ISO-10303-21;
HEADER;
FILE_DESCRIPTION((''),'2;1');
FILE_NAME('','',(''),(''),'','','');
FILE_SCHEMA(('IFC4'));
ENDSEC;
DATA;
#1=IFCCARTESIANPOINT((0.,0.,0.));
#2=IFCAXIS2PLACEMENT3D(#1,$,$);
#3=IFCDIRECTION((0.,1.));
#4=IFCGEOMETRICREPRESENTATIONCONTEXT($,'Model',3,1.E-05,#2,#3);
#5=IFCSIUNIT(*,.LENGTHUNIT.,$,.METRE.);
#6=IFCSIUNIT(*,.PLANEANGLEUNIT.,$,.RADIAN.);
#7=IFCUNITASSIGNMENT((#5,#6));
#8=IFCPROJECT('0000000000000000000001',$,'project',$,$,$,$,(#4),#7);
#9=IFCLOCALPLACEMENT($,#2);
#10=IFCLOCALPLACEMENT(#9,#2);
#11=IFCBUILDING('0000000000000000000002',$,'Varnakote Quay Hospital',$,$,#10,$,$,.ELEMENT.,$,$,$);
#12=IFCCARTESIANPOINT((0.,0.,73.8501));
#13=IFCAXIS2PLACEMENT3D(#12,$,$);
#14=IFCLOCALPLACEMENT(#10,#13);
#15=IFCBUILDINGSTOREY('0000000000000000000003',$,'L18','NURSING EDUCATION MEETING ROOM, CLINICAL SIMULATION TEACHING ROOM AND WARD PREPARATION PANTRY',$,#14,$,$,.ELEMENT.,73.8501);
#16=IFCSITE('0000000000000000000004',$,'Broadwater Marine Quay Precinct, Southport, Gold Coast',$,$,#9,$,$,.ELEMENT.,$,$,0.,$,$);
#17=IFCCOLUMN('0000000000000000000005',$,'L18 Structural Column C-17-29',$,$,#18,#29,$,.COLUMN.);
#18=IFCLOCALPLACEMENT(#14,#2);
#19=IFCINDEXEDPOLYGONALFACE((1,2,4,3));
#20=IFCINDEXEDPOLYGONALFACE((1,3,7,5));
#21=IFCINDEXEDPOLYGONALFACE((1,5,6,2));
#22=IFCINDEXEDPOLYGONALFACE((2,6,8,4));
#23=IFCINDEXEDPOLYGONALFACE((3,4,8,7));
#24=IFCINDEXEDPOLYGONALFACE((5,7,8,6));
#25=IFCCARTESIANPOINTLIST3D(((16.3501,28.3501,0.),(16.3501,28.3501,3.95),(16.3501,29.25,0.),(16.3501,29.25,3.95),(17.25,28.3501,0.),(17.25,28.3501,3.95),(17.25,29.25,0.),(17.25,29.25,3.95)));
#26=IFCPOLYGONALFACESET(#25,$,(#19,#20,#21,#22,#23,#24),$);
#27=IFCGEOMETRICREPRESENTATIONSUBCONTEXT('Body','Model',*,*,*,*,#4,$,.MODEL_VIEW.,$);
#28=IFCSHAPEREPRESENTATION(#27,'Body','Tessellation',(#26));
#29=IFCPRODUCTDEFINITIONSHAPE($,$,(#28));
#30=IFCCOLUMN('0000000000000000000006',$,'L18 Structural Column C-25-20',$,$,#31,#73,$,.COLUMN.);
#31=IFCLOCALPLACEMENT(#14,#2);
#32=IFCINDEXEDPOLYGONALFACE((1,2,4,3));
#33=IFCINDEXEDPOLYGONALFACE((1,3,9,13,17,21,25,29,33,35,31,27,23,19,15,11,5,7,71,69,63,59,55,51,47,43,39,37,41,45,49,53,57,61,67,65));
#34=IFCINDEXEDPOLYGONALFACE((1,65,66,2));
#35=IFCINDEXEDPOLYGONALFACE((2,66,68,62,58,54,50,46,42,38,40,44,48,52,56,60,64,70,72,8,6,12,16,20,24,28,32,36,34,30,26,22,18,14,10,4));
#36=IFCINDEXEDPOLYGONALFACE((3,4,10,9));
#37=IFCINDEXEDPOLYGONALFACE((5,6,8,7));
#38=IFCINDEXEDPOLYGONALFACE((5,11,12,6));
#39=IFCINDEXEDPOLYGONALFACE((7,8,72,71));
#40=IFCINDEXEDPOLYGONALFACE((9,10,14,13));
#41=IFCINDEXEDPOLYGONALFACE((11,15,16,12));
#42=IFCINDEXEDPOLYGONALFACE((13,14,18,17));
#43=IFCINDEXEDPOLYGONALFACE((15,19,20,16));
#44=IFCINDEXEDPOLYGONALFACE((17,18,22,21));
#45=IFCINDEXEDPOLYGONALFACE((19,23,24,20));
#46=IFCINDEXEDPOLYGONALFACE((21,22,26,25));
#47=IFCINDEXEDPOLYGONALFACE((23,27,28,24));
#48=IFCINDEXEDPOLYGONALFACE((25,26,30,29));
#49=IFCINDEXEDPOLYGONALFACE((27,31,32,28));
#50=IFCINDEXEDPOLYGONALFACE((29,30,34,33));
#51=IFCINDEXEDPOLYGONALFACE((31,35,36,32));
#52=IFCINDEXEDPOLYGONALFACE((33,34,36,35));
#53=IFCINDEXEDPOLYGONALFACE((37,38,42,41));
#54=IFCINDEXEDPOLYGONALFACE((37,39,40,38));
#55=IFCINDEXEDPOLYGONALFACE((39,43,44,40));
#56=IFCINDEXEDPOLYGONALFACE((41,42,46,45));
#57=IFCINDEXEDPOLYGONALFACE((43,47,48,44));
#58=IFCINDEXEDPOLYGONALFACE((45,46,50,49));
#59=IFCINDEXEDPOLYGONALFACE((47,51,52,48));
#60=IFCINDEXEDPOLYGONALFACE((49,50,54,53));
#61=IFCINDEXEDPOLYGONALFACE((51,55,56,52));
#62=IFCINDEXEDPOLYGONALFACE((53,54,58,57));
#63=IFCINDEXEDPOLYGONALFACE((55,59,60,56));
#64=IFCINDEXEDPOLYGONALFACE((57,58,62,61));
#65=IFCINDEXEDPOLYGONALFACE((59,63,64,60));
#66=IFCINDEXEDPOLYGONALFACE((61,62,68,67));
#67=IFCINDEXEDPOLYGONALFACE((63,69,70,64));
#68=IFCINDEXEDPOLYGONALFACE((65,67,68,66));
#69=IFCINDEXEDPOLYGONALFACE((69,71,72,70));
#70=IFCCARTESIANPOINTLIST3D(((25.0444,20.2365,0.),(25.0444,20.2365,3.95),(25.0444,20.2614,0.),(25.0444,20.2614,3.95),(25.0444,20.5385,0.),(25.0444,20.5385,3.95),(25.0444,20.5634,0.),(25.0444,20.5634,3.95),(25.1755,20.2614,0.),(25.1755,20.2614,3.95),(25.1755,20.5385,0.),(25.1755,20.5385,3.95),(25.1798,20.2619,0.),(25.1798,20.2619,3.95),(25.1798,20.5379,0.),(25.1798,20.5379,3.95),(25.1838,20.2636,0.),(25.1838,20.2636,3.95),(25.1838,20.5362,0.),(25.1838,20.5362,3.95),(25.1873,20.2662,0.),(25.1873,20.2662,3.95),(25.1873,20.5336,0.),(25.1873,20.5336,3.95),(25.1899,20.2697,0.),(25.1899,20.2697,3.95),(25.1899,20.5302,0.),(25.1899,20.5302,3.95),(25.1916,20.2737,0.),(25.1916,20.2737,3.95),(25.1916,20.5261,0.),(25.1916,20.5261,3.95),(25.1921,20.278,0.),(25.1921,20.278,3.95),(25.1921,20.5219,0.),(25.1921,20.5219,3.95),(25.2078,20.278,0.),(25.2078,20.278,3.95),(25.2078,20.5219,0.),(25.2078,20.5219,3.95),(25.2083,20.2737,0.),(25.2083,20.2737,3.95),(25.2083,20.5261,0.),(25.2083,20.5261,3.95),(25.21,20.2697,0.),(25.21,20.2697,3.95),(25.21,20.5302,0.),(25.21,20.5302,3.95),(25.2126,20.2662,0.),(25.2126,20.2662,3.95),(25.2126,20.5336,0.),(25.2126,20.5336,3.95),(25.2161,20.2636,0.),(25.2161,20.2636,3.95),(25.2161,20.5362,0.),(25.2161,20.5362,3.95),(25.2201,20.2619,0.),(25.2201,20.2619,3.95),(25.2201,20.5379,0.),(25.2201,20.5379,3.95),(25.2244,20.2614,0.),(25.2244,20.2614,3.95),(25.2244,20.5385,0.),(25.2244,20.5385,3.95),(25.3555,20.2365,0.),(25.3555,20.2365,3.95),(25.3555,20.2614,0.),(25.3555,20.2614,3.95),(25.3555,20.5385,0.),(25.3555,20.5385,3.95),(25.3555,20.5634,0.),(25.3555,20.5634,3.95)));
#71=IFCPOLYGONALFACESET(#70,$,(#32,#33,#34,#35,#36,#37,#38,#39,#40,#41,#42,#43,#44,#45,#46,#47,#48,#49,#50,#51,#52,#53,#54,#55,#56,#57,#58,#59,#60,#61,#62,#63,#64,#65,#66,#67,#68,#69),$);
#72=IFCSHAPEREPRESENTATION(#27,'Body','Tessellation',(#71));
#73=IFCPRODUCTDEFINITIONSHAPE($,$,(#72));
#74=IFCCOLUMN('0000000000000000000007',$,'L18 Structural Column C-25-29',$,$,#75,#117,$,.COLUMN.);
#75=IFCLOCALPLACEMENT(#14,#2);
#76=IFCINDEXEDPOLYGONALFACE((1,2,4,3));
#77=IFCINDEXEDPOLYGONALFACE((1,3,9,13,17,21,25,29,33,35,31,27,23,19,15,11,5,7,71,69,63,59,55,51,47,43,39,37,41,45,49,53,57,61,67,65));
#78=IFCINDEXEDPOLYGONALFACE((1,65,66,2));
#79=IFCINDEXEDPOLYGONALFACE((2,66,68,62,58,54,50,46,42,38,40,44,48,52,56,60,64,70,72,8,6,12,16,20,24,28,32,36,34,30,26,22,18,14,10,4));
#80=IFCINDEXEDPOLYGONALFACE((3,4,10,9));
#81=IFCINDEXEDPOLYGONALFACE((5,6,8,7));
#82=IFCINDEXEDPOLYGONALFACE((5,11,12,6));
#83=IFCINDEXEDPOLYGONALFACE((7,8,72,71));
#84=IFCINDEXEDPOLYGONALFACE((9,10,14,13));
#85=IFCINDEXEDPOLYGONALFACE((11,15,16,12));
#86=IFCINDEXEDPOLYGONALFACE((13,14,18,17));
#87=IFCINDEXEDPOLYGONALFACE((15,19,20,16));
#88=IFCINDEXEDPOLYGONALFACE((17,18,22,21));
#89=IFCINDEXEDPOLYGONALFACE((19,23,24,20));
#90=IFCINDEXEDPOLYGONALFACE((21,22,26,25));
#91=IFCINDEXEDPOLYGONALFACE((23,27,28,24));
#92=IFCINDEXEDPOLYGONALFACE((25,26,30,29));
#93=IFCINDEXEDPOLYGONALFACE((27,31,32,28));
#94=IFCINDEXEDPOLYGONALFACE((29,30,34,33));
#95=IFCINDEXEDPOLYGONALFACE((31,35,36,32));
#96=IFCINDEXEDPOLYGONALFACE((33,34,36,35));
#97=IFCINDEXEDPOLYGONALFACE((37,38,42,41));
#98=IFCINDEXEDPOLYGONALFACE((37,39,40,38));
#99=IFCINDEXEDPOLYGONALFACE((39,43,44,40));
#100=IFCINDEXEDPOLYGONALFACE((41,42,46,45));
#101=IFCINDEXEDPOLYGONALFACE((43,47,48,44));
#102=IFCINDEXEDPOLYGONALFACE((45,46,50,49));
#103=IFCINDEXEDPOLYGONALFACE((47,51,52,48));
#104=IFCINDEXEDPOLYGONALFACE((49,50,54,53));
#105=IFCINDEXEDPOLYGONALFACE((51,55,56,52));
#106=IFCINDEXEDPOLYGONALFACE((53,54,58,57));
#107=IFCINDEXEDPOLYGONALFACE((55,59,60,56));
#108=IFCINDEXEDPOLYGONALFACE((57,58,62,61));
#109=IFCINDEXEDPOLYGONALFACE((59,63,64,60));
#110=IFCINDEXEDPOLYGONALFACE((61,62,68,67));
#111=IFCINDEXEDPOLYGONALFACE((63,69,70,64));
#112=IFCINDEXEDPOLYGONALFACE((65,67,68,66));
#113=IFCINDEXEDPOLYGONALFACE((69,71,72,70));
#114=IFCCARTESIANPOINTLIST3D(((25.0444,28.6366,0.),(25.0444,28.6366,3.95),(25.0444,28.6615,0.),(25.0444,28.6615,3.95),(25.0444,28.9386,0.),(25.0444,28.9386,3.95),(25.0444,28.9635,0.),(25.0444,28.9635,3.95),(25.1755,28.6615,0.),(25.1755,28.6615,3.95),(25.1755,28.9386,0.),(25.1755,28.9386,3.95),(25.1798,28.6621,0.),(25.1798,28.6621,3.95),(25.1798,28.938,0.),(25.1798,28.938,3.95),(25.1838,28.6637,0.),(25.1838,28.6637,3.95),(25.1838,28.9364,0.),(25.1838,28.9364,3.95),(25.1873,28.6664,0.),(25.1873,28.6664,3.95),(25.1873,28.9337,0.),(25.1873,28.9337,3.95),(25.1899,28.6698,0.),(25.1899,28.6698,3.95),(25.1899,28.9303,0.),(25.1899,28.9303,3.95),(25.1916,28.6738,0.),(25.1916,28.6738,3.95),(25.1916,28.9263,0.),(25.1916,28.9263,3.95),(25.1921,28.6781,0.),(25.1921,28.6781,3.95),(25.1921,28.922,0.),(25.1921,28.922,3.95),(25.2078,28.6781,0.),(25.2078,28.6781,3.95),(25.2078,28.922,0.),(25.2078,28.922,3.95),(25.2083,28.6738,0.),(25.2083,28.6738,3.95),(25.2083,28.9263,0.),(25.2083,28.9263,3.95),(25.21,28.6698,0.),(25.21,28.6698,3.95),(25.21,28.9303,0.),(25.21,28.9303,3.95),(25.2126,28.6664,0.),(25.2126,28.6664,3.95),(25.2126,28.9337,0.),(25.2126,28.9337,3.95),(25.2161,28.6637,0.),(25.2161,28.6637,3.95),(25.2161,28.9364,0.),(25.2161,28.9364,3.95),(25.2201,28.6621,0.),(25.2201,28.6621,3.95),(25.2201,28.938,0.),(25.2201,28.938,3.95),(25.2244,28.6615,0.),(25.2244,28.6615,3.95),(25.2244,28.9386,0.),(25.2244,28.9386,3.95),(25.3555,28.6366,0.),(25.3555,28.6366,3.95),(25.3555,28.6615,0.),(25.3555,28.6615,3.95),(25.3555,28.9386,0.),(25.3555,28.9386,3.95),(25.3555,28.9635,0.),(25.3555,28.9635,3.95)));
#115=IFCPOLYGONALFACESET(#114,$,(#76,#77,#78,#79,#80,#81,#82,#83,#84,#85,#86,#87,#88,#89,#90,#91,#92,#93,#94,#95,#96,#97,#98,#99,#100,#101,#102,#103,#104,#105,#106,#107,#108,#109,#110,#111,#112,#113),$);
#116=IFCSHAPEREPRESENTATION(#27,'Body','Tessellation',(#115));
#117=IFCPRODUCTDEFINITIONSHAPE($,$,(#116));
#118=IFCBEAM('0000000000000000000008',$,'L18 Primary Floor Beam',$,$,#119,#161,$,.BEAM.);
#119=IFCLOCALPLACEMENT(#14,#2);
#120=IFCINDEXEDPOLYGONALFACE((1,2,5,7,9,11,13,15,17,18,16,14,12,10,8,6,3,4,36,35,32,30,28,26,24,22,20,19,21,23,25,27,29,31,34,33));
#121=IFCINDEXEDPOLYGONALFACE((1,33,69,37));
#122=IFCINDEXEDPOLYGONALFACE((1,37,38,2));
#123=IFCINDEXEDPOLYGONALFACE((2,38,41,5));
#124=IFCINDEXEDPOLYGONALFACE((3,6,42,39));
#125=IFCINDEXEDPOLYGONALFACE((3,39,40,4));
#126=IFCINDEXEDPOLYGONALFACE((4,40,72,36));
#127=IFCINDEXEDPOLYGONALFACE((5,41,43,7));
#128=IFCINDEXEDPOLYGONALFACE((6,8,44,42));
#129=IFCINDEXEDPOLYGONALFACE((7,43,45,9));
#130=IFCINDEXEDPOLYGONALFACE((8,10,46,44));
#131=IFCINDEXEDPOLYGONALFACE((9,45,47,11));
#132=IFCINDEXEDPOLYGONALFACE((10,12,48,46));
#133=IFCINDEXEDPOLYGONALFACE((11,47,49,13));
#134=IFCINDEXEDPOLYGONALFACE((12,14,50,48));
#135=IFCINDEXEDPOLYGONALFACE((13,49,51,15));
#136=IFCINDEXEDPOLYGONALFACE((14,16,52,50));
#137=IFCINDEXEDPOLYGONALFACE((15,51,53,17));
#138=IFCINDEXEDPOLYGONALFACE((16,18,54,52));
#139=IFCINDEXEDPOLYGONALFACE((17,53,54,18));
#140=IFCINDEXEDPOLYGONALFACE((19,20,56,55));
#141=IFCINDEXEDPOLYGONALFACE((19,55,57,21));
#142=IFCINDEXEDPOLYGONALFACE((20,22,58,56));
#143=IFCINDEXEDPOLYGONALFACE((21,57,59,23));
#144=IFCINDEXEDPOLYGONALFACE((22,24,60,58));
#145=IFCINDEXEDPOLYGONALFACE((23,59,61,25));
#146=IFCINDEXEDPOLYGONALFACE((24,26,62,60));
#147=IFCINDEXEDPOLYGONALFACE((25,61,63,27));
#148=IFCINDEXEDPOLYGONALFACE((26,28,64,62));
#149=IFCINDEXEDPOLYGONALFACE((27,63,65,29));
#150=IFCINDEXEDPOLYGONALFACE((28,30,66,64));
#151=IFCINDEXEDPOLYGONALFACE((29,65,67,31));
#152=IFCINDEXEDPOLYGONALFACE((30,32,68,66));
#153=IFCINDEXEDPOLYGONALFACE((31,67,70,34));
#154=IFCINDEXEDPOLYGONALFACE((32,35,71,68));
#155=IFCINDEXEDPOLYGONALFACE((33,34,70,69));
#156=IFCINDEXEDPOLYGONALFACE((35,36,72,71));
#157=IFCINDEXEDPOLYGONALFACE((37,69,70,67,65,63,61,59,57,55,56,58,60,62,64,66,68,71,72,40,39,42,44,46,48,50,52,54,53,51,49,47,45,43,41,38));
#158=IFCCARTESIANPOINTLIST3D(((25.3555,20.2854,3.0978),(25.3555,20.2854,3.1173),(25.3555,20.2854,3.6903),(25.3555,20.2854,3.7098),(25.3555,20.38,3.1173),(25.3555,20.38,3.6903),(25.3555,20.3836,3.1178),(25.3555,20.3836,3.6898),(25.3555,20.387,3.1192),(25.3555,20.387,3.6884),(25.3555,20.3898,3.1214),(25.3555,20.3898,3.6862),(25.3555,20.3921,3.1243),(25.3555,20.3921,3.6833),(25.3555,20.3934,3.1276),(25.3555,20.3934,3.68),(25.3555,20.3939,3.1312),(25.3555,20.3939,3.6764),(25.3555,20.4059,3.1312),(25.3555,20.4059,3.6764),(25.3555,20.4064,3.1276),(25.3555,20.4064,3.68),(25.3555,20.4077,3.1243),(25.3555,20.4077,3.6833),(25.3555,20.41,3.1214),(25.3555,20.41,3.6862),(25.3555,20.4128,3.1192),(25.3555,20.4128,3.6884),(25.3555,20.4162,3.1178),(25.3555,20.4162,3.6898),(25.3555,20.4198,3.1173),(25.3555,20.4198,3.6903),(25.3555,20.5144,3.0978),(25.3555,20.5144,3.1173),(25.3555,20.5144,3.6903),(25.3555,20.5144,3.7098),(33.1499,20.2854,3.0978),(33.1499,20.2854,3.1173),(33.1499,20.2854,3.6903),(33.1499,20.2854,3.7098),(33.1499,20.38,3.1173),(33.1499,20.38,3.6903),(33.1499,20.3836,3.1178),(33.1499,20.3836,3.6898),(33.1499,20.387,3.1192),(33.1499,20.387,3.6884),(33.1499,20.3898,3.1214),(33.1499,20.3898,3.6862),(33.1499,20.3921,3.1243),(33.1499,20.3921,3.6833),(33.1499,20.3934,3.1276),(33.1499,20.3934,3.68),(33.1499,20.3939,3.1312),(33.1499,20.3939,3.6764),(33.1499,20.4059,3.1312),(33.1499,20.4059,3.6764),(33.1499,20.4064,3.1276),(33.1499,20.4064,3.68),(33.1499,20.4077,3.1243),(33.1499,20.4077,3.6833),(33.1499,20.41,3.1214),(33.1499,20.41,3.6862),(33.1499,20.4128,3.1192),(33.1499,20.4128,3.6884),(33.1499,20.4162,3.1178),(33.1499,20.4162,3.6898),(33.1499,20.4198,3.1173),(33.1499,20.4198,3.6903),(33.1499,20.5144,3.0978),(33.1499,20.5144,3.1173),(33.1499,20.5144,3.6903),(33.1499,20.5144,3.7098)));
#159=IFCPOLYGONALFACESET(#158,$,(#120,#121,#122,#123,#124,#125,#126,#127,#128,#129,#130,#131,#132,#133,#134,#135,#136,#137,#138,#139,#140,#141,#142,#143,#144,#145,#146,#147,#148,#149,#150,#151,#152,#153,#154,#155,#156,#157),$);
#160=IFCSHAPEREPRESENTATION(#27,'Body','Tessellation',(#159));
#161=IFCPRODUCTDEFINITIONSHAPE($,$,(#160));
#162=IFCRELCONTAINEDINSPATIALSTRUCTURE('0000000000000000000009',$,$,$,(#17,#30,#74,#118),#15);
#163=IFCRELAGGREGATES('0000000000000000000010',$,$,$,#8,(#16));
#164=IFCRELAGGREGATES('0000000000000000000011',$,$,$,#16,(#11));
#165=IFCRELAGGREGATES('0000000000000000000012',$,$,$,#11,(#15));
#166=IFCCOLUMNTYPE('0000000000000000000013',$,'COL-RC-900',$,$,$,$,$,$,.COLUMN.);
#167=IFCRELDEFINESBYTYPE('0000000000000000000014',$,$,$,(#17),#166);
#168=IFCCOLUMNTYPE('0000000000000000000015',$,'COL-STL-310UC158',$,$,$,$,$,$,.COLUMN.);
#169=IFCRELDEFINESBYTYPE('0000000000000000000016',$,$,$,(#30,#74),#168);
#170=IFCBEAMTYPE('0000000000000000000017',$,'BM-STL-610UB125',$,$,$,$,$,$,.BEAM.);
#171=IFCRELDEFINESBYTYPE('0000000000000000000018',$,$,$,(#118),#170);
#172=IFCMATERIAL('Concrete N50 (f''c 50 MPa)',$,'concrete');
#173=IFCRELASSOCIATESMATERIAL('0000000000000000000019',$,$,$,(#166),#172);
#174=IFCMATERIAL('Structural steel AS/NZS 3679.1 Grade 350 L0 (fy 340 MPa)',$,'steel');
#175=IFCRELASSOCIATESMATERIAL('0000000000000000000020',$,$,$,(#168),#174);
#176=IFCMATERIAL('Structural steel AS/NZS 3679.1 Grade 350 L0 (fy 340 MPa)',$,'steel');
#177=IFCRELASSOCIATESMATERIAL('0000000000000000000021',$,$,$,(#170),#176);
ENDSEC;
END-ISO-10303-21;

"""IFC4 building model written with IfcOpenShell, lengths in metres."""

from ifc_helpers import new_model, si_unit, direction, frame, origin, origin_2d, place, context, subcontext, project, spatial, rectangle, i_section, extrude, material, material_profile, profile_set, type_object, element, save


model = new_model("IFC4")

# Units and contexts
model_context = context("Model", 3, precision=1e-05, world=origin(), true_north=direction((0.0, 1.0)))
body_context = subcontext(model_context, "Body", "Model", "MODEL_VIEW")
ifc_project = project(units=[si_unit("LENGTHUNIT", "METRE"), si_unit("PLANEANGLEUNIT", "RADIAN")], contexts=[model_context])

# Site, building, storey
site_placement = place(None, origin())
site = spatial("IfcSite", under=ifc_project, at=site_placement, Name="Broadwater Marine Quay Precinct, Southport, Gold Coast", CompositionType="ELEMENT", RefElevation=0.0)
building_placement = place(site_placement, origin())
building = spatial("IfcBuilding", under=site, at=building_placement, Name="Varnakote Quay Hospital", CompositionType="ELEMENT")
storey_placement = place(building_placement, frame((0.0, 0.0, 73.8501)))
storey = spatial("IfcBuildingStorey", under=building, at=storey_placement, Name="L18", Description="NURSING EDUCATION MEETING ROOM, CLINICAL SIMULATION TEACHING ROOM AND WARD PREPARATION PANTRY", CompositionType="ELEMENT", Elevation=73.8501)

# Columns
ifc_material_1 = material(Name="Concrete N50 (f'c 50 MPa)", Category="concrete")
ifc_material_profile_1 = material_profile(ifc_material_1, rectangle(XDim=0.8999, YDim=0.8999, at=origin_2d()), Name="RC-COL-900x900")
ifc_profile_set_1 = profile_set([ifc_material_profile_1], Name="Concrete N50 (f'c 50 MPa)")
column_type_1 = type_object("IfcColumnType", Name="COL-RC-900", PredefinedType="COLUMN", material=ifc_profile_set_1)
column_placement = place(storey_placement, frame((16.8, 28.8, 0.0), z_axis=(0.0, 0.0, 1.0), x_axis=(1.0, 0.0, 0.0)))
element("IfcColumn", 1, at=column_placement, inside=storey, type_object=column_type_1, Name="L18 Structural Column C-17-29", PredefinedType="COLUMN", context=body_context, shape_type="SweptSolid", body=[
    extrude(rectangle(XDim=0.8999, YDim=0.8999, at=origin_2d()), origin(), (0.0, 0.0, 1.0), 3.95),
])
ifc_material_2 = material(Name="Structural steel AS/NZS 3679.1 Grade 350 L0 (fy 340 MPa)", Category="steel")
ifc_material_profile_2 = material_profile(ifc_material_2, i_section(OverallWidth=0.311, OverallDepth=0.3269, WebThickness=0.0156, FlangeThickness=0.0249, FilletRadius=0.0166, at=origin_2d()), Name="310UC158")
ifc_profile_set_2 = profile_set([ifc_material_profile_2], Name="Structural steel AS/NZS 3679.1 Grade 350 L0 (fy 340 MPa)")
column_type_2 = type_object("IfcColumnType", Name="COL-STL-310UC158", PredefinedType="COLUMN", material=ifc_profile_set_2)
for number, where, z_axis, x_axis, name in (
    (2, (25.2, 20.3999, 0.0), (0.0, 0.0, 1.0), (1.0, 0.0, 0.0), "L18 Structural Column C-25-20"),
    (3, (25.2, 28.8, 0.0), (0.0, 0.0, 1.0), (1.0, 0.0, 0.0), "L18 Structural Column C-25-29"),
):
    element("IfcColumn", number, at=place(storey_placement, frame(where, z_axis=z_axis, x_axis=x_axis)), inside=storey, type_object=column_type_2, Name=name, PredefinedType="COLUMN", context=body_context, shape_type="SweptSolid", body=[
        extrude(i_section(OverallWidth=0.311, OverallDepth=0.3269, WebThickness=0.0156, FlangeThickness=0.0249, FilletRadius=0.0166, at=origin_2d()), origin(), (0.0, 0.0, 1.0), 3.95),
    ])

# Beam
ifc_material_3 = material(Name="Structural steel AS/NZS 3679.1 Grade 350 L0 (fy 340 MPa)", Category="steel")
ifc_material_profile_3 = material_profile(ifc_material_3, i_section(OverallWidth=0.229, OverallDepth=0.6121, WebThickness=0.012, FlangeThickness=0.0195, FilletRadius=0.0139, at=origin_2d()), Name="610UB125")
ifc_profile_set_3 = profile_set([ifc_material_profile_3], Name="Structural steel AS/NZS 3679.1 Grade 350 L0 (fy 340 MPa)")
beam_type_1 = type_object("IfcBeamType", Name="BM-STL-610UB125", PredefinedType="BEAM", material=ifc_profile_set_3)
for number, where, z_axis, x_axis, name in (
    (4, (25.3555, 20.3999, 3.4038), (1.0, 0.0, 0.0), (0.0, 1.0, 0.0), "L18 Primary Floor Beam"),
):
    element("IfcBeam", number, at=place(storey_placement, frame(where, z_axis=z_axis, x_axis=x_axis)), inside=storey, type_object=beam_type_1, Name=name, PredefinedType="BEAM", context=body_context, shape_type="SweptSolid", body=[
        extrude(i_section(OverallWidth=0.229, OverallDepth=0.6121, WebThickness=0.012, FlangeThickness=0.0195, FilletRadius=0.0139, at=origin_2d()), origin(), (0.0, 0.0, 1.0), 7.7944),
    ])

save(model, "model.ifc")
